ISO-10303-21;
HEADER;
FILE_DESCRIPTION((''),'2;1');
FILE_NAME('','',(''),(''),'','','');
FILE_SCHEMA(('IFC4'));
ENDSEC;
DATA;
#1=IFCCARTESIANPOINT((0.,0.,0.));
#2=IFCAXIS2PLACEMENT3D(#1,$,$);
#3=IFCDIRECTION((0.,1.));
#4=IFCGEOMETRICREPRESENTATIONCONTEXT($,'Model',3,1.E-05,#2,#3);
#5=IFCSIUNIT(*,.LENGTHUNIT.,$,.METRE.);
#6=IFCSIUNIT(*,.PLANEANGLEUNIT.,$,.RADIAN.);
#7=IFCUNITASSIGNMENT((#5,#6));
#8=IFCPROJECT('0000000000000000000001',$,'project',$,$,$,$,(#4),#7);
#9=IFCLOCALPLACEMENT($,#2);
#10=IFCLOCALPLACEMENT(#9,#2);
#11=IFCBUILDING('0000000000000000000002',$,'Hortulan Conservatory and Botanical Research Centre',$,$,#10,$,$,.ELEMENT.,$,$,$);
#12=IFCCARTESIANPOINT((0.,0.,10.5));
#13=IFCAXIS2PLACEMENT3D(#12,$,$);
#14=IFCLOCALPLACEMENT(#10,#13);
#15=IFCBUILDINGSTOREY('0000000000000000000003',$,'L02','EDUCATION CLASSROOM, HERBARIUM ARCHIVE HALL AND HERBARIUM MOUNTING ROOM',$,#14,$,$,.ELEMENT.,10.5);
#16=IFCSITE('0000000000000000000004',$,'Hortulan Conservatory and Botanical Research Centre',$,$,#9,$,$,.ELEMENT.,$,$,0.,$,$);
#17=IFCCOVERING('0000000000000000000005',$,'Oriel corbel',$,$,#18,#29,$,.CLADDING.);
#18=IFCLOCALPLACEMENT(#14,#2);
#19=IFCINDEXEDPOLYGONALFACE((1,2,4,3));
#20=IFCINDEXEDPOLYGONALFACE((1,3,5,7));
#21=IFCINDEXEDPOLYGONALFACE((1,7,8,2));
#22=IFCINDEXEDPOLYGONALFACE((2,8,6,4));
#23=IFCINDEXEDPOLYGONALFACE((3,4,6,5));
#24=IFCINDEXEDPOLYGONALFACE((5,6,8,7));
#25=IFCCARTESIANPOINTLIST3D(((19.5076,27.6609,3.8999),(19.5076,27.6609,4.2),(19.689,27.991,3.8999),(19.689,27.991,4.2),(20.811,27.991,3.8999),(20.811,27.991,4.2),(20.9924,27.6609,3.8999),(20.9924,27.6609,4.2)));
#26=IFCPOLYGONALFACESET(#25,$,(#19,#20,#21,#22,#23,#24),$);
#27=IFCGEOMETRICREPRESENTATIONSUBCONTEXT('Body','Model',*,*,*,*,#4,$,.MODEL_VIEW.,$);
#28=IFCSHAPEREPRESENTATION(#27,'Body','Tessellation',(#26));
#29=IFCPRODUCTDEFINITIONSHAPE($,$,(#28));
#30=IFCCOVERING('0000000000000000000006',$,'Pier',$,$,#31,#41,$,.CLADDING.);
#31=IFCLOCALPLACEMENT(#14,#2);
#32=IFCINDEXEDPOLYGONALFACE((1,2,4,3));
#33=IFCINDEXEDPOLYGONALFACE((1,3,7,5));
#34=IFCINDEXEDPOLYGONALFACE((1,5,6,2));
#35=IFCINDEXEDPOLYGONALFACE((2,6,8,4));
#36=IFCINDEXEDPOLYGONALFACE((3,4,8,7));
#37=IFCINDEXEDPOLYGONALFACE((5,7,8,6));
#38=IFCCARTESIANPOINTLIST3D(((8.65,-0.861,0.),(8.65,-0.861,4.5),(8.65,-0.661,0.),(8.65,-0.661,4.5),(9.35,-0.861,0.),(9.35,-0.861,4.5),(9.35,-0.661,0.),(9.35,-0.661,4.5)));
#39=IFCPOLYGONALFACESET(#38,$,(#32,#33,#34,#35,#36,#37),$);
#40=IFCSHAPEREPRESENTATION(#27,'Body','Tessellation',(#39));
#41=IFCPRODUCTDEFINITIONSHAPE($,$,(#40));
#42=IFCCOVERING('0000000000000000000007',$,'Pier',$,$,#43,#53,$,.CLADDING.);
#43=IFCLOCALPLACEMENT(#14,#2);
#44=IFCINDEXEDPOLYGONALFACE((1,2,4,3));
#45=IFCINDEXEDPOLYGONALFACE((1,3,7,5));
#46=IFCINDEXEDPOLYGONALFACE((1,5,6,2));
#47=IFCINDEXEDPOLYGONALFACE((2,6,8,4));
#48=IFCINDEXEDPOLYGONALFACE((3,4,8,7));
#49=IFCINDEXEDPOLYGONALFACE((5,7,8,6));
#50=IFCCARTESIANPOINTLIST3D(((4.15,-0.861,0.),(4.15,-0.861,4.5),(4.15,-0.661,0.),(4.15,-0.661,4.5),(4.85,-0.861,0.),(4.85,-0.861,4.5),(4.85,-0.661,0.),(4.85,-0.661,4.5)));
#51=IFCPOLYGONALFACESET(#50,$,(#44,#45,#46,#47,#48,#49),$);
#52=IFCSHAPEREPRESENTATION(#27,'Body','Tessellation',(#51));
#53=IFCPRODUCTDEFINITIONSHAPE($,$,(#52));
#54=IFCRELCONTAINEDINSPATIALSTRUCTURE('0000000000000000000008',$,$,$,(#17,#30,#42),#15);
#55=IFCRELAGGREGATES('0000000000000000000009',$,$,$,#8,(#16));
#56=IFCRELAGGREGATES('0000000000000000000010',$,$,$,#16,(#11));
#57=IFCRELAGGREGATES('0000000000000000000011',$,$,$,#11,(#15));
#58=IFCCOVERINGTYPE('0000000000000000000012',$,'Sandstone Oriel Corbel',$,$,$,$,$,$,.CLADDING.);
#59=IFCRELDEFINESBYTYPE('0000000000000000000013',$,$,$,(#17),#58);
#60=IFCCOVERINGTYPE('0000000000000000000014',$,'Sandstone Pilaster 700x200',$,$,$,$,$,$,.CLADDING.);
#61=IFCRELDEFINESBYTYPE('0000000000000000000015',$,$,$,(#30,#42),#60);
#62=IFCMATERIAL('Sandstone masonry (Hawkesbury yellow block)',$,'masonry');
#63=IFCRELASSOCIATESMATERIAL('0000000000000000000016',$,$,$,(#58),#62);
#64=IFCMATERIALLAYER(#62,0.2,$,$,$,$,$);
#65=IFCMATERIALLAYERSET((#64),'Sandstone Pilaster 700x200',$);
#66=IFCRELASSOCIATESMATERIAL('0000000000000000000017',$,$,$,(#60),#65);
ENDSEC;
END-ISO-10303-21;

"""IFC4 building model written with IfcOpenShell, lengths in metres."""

from ifc_helpers import new_model, si_unit, direction, frame, origin, origin_2d, place, context, subcontext, project, spatial, polyline, rectangle, outline, extrude, material, layer, layer_set, type_object, element, save


model = new_model("IFC4")

# Units and contexts
model_context = context("Model", 3, precision=1e-05, world=origin(), true_north=direction((0.0, 1.0)))
body_context = subcontext(model_context, "Body", "Model", "MODEL_VIEW")
ifc_project = project(units=[si_unit("LENGTHUNIT", "METRE"), si_unit("PLANEANGLEUNIT", "RADIAN")], contexts=[model_context])

# Site, building, storey
site_placement = place(None, origin())
site = spatial("IfcSite", under=ifc_project, at=site_placement, Name="Hortulan Conservatory and Botanical Research Centre", CompositionType="ELEMENT", RefElevation=0.0)
building_placement = place(site_placement, origin())
building = spatial("IfcBuilding", under=site, at=building_placement, Name="Hortulan Conservatory and Botanical Research Centre", CompositionType="ELEMENT")
storey_placement = place(building_placement, frame((0.0, 0.0, 10.5)))
storey = spatial("IfcBuildingStorey", under=building, at=storey_placement, Name="L02", Description="EDUCATION CLASSROOM, HERBARIUM ARCHIVE HALL AND HERBARIUM MOUNTING ROOM", CompositionType="ELEMENT", Elevation=10.5)

# Shared definitions
ifc_material_1 = material(Name="Sandstone masonry (Hawkesbury yellow block)", Category="masonry")

# Coverings
covering_type_1 = type_object("IfcCoveringType", Name="Sandstone Oriel Corbel", PredefinedType="CLADDING", material=ifc_material_1)
covering_1_placement = place(storey_placement, frame((0.0, 0.0, 3.8999)))
element("IfcCovering", 1, at=covering_1_placement, inside=storey, type_object=covering_type_1, Name="Oriel corbel", PredefinedType="CLADDING", context=body_context, shape_type="SweptSolid", body=[
    extrude(outline(polyline([(19.5076, 27.6609), (19.689, 27.991), (20.811, 27.991), (20.9924, 27.6609), (19.5076, 27.6609)])), origin(), (0.0, 0.0, 1.0), 0.3),
])
ifc_layer_1 = layer(ifc_material_1, 0.2)
ifc_layer_set_1 = layer_set([ifc_layer_1], Name="Sandstone Pilaster 700x200")
covering_type_2 = type_object("IfcCoveringType", Name="Sandstone Pilaster 700x200", PredefinedType="CLADDING", material=ifc_layer_set_1)
for number, where, z_axis, x_axis, name in (
    (2, (9.0, -0.761, 0.0), (0.0, 0.0, 1.0), (-1.0, 0.0, 0.0), "Pier"),
    (3, (4.5, -0.761, 0.0), (0.0, 0.0, 1.0), (-1.0, 0.0, 0.0), "Pier"),
):
    element("IfcCovering", number, at=place(storey_placement, frame(where, z_axis=z_axis, x_axis=x_axis)), inside=storey, type_object=covering_type_2, Name=name, PredefinedType="CLADDING", context=body_context, shape_type="SweptSolid", body=[
        extrude(rectangle(XDim=0.7, YDim=0.2, at=origin_2d()), origin(), (0.0, 0.0, 1.0), 4.5),
    ])

save(model, "model.ifc")
